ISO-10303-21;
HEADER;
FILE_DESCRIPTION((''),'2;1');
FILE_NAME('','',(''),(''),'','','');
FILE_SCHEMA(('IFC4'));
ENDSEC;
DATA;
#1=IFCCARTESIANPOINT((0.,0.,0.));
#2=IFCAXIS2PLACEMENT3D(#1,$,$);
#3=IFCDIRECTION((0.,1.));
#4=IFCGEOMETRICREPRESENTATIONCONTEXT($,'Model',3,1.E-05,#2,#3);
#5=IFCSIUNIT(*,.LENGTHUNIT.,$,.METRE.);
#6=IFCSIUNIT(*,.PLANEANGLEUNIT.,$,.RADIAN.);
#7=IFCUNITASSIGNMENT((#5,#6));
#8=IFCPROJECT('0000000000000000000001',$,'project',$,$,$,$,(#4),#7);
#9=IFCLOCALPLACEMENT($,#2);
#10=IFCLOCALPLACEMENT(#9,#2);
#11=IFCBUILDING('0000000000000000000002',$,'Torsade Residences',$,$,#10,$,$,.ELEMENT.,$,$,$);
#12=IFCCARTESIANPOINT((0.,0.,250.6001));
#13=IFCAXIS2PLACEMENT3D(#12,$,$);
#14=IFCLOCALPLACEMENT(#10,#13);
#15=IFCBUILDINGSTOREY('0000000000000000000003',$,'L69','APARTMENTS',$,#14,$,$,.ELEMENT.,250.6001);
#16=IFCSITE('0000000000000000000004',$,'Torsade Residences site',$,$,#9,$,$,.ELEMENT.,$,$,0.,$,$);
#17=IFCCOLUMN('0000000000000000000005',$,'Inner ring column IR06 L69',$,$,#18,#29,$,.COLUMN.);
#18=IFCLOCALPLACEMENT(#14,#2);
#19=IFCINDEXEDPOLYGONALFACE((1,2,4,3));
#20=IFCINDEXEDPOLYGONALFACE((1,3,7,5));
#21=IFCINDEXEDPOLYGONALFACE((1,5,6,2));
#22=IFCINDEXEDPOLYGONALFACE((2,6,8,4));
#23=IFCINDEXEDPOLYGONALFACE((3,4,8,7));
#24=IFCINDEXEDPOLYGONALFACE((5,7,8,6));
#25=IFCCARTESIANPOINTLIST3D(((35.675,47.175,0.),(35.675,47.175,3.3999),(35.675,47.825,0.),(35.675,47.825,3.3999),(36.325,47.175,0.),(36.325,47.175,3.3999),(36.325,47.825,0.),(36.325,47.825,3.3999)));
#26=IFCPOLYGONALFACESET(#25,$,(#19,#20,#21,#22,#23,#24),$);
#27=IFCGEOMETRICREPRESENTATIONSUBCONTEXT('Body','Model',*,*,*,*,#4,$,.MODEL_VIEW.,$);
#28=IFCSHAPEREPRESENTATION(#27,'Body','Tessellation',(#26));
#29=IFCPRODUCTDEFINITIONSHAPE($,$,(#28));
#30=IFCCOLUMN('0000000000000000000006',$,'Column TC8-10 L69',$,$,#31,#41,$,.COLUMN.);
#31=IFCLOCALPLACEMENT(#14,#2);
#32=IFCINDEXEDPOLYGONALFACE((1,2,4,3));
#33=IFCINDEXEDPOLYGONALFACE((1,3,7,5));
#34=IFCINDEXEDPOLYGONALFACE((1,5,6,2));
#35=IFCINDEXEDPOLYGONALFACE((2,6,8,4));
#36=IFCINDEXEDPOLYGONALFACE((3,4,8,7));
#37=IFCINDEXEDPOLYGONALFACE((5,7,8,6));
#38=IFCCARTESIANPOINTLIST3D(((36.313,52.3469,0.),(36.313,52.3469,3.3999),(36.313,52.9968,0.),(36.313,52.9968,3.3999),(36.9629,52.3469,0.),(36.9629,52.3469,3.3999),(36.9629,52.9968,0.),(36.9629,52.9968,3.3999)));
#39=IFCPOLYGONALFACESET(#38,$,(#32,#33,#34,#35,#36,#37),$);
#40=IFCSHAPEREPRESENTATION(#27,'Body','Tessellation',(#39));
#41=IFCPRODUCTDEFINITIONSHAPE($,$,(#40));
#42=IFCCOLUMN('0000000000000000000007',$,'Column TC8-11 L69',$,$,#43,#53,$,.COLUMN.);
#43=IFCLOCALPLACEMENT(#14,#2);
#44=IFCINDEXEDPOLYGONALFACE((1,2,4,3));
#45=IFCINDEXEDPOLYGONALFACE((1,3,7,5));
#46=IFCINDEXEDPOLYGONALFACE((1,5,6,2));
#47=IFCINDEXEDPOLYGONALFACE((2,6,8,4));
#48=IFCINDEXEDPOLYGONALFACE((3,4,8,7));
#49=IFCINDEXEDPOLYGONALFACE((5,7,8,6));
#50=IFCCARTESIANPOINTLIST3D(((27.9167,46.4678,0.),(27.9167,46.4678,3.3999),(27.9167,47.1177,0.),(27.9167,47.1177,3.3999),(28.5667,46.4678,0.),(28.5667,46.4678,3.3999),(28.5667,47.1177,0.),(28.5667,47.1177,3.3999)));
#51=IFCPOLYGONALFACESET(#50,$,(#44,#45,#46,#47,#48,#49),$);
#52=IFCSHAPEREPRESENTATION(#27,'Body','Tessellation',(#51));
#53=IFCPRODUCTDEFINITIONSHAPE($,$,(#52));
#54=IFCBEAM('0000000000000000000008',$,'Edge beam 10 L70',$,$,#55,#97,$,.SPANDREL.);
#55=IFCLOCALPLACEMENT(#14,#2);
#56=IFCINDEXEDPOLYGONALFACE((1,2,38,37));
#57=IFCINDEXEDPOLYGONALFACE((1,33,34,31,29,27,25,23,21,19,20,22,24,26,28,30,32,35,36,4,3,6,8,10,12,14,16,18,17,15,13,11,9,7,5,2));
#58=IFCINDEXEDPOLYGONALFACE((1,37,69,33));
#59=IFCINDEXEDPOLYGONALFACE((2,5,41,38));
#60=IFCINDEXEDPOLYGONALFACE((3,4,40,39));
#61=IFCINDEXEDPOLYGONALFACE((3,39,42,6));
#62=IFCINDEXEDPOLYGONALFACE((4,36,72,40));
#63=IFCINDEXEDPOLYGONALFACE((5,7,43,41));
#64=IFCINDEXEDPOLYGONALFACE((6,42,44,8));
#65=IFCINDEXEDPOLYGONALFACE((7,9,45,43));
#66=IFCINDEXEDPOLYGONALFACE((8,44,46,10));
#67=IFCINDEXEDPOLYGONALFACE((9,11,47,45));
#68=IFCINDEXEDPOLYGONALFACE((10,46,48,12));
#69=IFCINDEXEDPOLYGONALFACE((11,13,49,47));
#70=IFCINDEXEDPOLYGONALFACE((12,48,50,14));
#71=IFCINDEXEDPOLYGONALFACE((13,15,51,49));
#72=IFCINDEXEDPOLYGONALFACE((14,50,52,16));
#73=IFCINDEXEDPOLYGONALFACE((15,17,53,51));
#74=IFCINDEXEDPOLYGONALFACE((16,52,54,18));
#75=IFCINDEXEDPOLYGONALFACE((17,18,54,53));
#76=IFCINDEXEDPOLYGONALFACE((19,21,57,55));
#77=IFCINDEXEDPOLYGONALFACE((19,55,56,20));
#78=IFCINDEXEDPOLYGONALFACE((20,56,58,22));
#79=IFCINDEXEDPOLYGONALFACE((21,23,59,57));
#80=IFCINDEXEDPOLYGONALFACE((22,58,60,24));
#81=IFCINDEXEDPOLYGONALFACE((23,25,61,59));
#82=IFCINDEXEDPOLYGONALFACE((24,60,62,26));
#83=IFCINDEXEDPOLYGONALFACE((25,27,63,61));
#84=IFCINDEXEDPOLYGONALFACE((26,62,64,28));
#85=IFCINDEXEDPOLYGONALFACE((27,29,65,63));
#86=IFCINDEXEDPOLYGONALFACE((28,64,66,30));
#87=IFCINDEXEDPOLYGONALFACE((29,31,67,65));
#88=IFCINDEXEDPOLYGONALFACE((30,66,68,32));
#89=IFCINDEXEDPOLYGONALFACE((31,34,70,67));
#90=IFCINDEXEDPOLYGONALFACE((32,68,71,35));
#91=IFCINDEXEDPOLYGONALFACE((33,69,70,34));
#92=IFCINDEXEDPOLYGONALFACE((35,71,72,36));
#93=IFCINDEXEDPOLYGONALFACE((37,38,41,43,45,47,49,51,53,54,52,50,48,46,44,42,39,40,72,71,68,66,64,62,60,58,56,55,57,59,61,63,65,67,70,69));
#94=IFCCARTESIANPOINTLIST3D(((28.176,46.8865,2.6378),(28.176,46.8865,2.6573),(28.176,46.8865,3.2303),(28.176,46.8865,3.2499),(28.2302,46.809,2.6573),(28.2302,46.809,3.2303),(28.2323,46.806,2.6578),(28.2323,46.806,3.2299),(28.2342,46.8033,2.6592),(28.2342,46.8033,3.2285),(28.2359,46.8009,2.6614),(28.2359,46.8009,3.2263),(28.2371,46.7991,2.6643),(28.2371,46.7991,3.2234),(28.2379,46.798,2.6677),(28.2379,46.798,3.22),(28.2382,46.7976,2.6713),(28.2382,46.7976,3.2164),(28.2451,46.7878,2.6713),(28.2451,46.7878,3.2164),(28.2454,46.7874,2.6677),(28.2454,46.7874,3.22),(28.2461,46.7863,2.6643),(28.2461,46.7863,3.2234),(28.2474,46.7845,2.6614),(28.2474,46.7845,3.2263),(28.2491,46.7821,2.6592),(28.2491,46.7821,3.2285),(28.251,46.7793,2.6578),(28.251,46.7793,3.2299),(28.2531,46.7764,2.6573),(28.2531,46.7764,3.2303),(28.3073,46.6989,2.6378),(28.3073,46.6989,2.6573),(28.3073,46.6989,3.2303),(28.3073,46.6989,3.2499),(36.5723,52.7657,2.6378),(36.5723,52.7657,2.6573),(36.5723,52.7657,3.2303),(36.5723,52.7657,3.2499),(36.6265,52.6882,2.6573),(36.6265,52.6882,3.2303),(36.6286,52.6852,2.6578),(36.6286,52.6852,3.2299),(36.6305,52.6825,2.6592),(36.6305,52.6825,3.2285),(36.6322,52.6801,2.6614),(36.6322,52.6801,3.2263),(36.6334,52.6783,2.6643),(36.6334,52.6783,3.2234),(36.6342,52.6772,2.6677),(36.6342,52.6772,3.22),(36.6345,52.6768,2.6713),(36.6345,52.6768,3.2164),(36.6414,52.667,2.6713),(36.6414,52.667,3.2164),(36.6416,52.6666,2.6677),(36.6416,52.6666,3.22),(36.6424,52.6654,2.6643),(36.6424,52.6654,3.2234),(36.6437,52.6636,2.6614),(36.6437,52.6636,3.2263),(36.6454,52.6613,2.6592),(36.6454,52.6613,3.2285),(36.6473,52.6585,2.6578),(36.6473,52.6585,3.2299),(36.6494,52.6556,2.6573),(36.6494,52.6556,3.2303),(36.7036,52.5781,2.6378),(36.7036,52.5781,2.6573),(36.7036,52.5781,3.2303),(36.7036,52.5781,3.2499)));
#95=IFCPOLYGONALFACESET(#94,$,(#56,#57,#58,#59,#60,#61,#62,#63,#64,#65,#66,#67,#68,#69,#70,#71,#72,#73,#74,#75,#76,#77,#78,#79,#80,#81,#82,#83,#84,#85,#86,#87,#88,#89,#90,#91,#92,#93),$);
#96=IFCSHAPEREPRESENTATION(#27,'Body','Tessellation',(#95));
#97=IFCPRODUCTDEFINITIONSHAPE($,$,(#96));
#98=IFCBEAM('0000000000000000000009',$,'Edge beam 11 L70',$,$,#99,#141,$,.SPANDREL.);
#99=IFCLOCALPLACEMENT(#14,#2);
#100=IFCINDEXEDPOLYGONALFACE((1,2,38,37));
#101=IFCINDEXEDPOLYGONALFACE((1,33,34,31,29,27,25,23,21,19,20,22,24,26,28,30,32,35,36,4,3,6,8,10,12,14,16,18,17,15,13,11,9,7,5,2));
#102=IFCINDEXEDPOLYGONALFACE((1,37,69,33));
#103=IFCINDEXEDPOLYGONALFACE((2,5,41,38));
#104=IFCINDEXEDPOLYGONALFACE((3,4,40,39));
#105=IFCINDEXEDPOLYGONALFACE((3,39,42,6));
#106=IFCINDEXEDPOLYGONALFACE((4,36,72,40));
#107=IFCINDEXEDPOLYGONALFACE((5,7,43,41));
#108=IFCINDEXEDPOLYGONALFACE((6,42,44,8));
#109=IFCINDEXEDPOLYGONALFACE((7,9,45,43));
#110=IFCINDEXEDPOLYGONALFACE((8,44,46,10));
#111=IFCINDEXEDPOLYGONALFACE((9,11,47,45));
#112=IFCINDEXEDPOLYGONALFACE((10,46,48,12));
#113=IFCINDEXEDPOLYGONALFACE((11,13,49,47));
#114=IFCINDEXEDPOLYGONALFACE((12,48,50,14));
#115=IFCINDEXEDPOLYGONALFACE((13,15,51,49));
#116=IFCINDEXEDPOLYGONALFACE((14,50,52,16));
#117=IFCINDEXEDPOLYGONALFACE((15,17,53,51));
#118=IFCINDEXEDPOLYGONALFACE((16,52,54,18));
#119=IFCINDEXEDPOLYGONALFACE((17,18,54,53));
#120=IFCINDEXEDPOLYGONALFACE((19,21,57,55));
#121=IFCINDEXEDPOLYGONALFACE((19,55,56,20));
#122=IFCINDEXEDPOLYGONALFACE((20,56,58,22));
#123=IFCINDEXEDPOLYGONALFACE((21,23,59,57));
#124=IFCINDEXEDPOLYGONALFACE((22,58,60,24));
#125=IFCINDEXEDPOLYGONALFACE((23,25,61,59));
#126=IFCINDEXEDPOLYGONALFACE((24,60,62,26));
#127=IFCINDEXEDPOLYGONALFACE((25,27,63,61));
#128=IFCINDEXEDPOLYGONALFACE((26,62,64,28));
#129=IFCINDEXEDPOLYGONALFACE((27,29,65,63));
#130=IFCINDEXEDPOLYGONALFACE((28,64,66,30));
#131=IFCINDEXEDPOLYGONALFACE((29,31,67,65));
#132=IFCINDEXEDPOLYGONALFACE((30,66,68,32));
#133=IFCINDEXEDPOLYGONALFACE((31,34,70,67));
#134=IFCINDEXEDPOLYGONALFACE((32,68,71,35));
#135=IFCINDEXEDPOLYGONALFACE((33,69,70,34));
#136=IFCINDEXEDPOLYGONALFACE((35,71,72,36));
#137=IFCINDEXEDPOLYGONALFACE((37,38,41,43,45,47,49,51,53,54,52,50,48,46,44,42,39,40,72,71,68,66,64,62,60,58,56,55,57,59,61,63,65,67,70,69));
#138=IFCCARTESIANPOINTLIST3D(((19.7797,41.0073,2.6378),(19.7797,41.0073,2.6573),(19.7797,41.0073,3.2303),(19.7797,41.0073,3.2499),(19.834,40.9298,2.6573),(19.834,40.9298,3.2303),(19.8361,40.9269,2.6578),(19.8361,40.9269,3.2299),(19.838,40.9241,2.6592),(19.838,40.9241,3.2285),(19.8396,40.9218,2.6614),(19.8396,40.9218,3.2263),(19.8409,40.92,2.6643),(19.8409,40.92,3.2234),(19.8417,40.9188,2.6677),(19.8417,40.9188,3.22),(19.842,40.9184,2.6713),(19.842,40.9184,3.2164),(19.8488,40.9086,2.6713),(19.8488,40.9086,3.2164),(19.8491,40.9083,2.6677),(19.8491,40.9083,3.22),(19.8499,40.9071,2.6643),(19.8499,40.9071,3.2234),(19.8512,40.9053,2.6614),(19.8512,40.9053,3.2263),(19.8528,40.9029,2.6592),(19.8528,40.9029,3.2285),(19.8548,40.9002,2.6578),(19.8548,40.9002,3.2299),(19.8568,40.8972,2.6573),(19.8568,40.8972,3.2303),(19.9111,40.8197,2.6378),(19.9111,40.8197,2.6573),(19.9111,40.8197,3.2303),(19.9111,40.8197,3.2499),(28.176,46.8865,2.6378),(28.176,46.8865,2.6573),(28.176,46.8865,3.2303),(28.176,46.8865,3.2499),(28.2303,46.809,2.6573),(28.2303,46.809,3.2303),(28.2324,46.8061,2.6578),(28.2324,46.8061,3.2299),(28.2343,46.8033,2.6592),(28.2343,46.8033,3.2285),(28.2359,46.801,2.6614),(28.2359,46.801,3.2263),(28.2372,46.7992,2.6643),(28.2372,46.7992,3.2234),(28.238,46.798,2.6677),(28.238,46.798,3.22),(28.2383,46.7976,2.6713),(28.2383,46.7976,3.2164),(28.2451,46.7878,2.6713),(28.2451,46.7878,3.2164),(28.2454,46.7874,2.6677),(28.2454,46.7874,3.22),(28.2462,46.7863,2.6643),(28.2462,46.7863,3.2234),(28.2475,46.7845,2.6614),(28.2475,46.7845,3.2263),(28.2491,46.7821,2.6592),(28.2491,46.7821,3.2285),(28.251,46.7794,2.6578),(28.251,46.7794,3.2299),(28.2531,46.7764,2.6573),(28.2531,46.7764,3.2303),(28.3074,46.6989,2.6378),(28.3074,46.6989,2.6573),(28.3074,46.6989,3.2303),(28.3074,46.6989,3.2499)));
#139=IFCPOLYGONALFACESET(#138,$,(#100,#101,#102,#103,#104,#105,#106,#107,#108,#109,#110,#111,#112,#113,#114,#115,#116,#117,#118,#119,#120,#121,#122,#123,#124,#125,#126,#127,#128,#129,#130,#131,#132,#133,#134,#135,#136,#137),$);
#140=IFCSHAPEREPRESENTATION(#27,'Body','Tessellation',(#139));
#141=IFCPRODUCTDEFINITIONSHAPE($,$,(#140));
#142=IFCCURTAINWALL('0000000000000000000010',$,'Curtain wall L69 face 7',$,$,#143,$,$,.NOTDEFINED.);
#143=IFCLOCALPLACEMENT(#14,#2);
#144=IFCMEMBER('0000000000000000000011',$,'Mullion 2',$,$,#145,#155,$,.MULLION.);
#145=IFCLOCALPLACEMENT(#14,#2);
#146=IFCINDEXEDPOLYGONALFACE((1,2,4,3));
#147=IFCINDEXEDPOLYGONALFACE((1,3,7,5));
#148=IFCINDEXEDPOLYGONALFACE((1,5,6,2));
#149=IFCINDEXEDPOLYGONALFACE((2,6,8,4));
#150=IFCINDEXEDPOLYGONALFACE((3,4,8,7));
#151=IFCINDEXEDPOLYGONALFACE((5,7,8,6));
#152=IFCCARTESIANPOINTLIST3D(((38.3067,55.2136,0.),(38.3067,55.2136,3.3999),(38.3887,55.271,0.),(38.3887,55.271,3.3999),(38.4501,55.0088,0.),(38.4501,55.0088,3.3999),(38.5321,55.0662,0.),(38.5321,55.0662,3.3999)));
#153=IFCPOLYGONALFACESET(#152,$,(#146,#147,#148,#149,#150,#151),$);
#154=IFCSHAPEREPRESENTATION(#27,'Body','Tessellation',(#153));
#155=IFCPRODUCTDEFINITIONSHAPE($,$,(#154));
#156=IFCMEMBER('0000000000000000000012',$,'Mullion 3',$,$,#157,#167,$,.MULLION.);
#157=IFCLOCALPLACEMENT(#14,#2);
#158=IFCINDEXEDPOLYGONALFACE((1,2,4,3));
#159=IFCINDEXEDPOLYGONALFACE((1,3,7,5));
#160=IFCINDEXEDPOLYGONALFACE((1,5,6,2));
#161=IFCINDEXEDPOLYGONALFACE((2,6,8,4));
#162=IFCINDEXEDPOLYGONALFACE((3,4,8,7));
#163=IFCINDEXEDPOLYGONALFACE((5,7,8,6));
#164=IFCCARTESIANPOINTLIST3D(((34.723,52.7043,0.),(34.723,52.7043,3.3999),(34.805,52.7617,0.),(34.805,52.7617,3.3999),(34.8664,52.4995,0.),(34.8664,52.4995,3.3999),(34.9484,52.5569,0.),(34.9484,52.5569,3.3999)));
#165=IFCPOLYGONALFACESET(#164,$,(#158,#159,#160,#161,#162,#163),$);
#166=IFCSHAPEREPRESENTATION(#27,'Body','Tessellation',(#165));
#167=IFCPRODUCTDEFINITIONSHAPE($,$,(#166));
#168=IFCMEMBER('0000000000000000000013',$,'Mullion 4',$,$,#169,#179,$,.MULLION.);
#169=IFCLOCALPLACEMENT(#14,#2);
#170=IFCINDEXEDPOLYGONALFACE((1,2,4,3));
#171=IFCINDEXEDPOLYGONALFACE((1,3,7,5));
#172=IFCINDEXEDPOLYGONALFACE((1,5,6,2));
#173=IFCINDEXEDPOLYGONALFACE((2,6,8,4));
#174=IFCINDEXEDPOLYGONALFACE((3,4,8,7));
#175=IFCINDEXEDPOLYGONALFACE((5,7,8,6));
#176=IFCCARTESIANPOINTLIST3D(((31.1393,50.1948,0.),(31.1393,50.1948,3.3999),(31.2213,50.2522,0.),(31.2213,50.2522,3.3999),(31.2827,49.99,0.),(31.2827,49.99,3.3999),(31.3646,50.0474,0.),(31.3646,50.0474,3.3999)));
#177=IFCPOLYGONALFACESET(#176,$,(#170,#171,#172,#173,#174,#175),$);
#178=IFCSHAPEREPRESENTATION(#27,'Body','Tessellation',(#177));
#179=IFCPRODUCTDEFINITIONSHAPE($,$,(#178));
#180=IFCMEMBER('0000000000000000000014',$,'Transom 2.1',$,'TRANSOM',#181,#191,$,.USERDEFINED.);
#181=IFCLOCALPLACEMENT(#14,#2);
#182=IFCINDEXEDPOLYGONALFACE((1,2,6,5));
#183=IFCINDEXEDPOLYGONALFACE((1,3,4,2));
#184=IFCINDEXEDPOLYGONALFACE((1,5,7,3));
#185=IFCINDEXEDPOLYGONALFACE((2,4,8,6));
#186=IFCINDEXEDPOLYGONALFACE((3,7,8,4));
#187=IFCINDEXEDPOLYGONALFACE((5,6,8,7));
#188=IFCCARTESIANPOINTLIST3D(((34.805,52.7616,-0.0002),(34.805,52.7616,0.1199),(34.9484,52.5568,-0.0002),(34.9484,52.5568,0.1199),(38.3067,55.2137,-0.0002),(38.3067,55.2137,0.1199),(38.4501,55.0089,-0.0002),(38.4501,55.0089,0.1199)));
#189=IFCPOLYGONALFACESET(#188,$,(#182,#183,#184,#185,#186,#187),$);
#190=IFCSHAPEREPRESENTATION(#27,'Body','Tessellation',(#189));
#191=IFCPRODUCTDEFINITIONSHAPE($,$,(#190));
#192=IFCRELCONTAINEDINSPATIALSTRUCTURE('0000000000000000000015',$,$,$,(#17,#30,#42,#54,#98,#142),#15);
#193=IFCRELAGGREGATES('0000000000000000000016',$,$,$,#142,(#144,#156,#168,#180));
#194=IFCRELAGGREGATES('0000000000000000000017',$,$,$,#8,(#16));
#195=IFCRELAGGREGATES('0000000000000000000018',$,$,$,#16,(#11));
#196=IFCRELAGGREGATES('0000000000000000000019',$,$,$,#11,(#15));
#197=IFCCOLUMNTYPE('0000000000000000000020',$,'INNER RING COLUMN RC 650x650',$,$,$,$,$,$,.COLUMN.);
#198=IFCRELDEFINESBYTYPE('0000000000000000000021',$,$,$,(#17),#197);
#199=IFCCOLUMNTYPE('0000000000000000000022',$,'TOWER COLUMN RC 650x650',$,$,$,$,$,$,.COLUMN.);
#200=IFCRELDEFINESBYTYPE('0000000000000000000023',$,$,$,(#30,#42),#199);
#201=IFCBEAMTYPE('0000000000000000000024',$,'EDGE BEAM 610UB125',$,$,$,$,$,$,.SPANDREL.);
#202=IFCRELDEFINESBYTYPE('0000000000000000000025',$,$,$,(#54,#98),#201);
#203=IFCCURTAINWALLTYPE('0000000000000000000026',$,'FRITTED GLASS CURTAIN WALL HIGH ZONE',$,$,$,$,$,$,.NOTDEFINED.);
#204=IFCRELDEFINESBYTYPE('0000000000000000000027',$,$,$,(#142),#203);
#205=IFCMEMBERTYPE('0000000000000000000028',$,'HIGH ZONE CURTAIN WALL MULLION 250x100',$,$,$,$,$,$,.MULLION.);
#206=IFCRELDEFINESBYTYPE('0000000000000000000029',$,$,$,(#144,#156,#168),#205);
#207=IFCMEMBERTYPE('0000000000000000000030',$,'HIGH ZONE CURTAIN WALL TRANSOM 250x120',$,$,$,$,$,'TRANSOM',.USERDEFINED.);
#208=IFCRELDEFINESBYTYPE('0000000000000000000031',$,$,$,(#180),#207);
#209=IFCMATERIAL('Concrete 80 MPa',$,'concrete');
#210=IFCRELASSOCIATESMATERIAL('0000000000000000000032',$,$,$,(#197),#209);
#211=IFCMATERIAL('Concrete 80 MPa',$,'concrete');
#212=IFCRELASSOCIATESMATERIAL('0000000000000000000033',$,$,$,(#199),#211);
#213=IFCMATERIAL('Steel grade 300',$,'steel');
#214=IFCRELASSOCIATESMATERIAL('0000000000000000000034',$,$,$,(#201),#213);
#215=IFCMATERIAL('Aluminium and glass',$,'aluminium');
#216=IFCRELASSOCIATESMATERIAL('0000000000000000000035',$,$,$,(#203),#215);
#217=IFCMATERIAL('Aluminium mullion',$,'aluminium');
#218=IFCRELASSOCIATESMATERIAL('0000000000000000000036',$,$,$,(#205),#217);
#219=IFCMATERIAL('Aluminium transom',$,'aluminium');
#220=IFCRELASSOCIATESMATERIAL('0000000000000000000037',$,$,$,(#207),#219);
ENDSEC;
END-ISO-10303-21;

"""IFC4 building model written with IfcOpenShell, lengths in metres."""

from ifc_helpers import new_model, si_unit, direction, frame, origin, origin_2d, place, context, subcontext, project, spatial, rectangle, i_section, extrude, material, material_profile, profile_set, type_object, element, aggregate, save


model = new_model("IFC4")

# Units and contexts
model_context = context("Model", 3, precision=1e-05, world=origin(), true_north=direction((0.0, 1.0)))
body_context = subcontext(model_context, "Body", "Model", "MODEL_VIEW")
ifc_project = project(units=[si_unit("LENGTHUNIT", "METRE"), si_unit("PLANEANGLEUNIT", "RADIAN")], contexts=[model_context])

# Site, building, storey
site_placement = place(None, origin())
site = spatial("IfcSite", under=ifc_project, at=site_placement, Name="Torsade Residences site", CompositionType="ELEMENT", RefElevation=0.0)
building_placement = place(site_placement, origin())
building = spatial("IfcBuilding", under=site, at=building_placement, Name="Torsade Residences", CompositionType="ELEMENT")
storey_placement = place(building_placement, frame((0.0, 0.0, 250.6001)))
storey = spatial("IfcBuildingStorey", under=building, at=storey_placement, Name="L69", Description="APARTMENTS", CompositionType="ELEMENT", Elevation=250.6001)

# Columns
ifc_material_1 = material(Name="Concrete 80 MPa", Category="concrete")
ifc_material_profile_1 = material_profile(ifc_material_1, rectangle(XDim=0.6499, YDim=0.6499, at=origin_2d()), Name="RC 650x650")
ifc_profile_set_1 = profile_set([ifc_material_profile_1], Name="Concrete 80 MPa")
column_type_1 = type_object("IfcColumnType", Name="INNER RING COLUMN RC 650x650", PredefinedType="COLUMN", material=ifc_profile_set_1)
column_placement = place(storey_placement, frame((36.0, 47.5, 0.0), z_axis=(0.0, 0.0, 1.0), x_axis=(1.0, 0.0, 0.0)))
element("IfcColumn", 1, at=column_placement, inside=storey, type_object=column_type_1, Name="Inner ring column IR06 L69", PredefinedType="COLUMN", context=body_context, shape_type="SweptSolid", body=[
    extrude(rectangle(XDim=0.6499, YDim=0.6499, at=origin_2d()), origin(), (0.0, 0.0, 1.0), 3.3999),
])
ifc_material_2 = material(Name="Concrete 80 MPa", Category="concrete")
ifc_material_profile_2 = material_profile(ifc_material_2, rectangle(XDim=0.6499, YDim=0.6499, at=origin_2d()), Name="RC 650x650")
ifc_profile_set_2 = profile_set([ifc_material_profile_2], Name="Concrete 80 MPa")
column_type_2 = type_object("IfcColumnType", Name="TOWER COLUMN RC 650x650", PredefinedType="COLUMN", material=ifc_profile_set_2)
for number, where, z_axis, x_axis, name in (
    (2, (36.6379, 52.6719, 0.0), (0.0, 0.0, 1.0), (1.0, 0.0, 0.0), "Column TC8-10 L69"),
    (3, (28.2417, 46.7927, 0.0), (0.0, 0.0, 1.0), (1.0, 0.0, 0.0), "Column TC8-11 L69"),
):
    element("IfcColumn", number, at=place(storey_placement, frame(where, z_axis=z_axis, x_axis=x_axis)), inside=storey, type_object=column_type_2, Name=name, PredefinedType="COLUMN", context=body_context, shape_type="SweptSolid", body=[
        extrude(rectangle(XDim=0.6499, YDim=0.6499, at=origin_2d()), origin(), (0.0, 0.0, 1.0), 3.3999),
    ])

# Beams
ifc_material_3 = material(Name="Steel grade 300", Category="steel")
ifc_material_profile_3 = material_profile(ifc_material_3, i_section(OverallWidth=0.229, OverallDepth=0.6121, WebThickness=0.012, FlangeThickness=0.0195, FilletRadius=0.0139, at=origin_2d()), Name="610UB125")
ifc_profile_set_3 = profile_set([ifc_material_profile_3], Name="Steel grade 300")
beam_type_1 = type_object("IfcBeamType", Name="EDGE BEAM 610UB125", PredefinedType="SPANDREL", material=ifc_profile_set_3)
for number, where, z_axis, x_axis, name in (
    (4, (36.6379, 52.6719, 2.9438), (-0.81915, -0.573579, 0.0), (0.573579, -0.81915, 0.0), "Edge beam 10 L70"),
    (5, (28.2417, 46.7927, 2.9438), (-0.81915, -0.573579, 0.0), (0.573579, -0.81915, 0.0), "Edge beam 11 L70"),
):
    element("IfcBeam", number, at=place(storey_placement, frame(where, z_axis=z_axis, x_axis=x_axis)), inside=storey, type_object=beam_type_1, Name=name, PredefinedType="SPANDREL", context=body_context, shape_type="SweptSolid", body=[
        extrude(i_section(OverallWidth=0.229, OverallDepth=0.6121, WebThickness=0.012, FlangeThickness=0.0195, FilletRadius=0.0139, at=origin_2d()), origin(), (0.0, 0.0, 1.0), 10.25),
    ])

# Curtain wall, members
ifc_material_4 = material(Name="Aluminium and glass", Category="aluminium")
curtain_wall_type = type_object("IfcCurtainWallType", Name="FRITTED GLASS CURTAIN WALL HIGH ZONE", PredefinedType="NOTDEFINED", material=ifc_material_4)
curtain_wall_placement = place(storey_placement, origin())
curtain_wall = element("IfcCurtainWall", 6, at=curtain_wall_placement, inside=storey, type_object=curtain_wall_type, Name="Curtain wall L69 face 7", PredefinedType="NOTDEFINED")
ifc_material_5 = material(Name="Aluminium mullion", Category="aluminium")
ifc_material_profile_4 = material_profile(ifc_material_5, rectangle(XDim=0.25, YDim=0.1001, at=origin_2d()), Name="HIGH ZONE CURTAIN WALL MULLION 250x100")
ifc_profile_set_4 = profile_set([ifc_material_profile_4], Name="Aluminium mullion")
member_type_1 = type_object("IfcMemberType", Name="HIGH ZONE CURTAIN WALL MULLION 250x100", PredefinedType="MULLION", material=ifc_profile_set_4)
member_1_placement = place(storey_placement, frame((38.4194, 55.1399, 0.0), z_axis=(0.0, 0.0, 1.0), x_axis=(0.573576, -0.819152, 0.0)))
member_1 = element("IfcMember", 7, at=member_1_placement, type_object=member_type_1, Name="Mullion 2", PredefinedType="MULLION", context=body_context, shape_type="SweptSolid", body=[
    extrude(rectangle(XDim=0.25, YDim=0.1001, at=origin_2d()), origin(), (0.0, 0.0, 1.0), 3.3999),
])
member_2_placement = place(storey_placement, frame((34.8357, 52.6306, 0.0), z_axis=(0.0, 0.0, 1.0), x_axis=(0.573576, -0.819152, 0.0)))
member_2 = element("IfcMember", 8, at=member_2_placement, type_object=member_type_1, Name="Mullion 3", PredefinedType="MULLION", context=body_context, shape_type="SweptSolid", body=[
    extrude(rectangle(XDim=0.25, YDim=0.1001, at=origin_2d()), origin(), (0.0, 0.0, 1.0), 3.3999),
])
member_3_placement = place(storey_placement, frame((31.252, 50.1211, 0.0), z_axis=(0.0, 0.0, 1.0), x_axis=(0.573576, -0.819152, 0.0)))
member_3 = element("IfcMember", 9, at=member_3_placement, type_object=member_type_1, Name="Mullion 4", PredefinedType="MULLION", context=body_context, shape_type="SweptSolid", body=[
    extrude(rectangle(XDim=0.25, YDim=0.1001, at=origin_2d()), origin(), (0.0, 0.0, 1.0), 3.3999),
])
ifc_material_6 = material(Name="Aluminium transom", Category="aluminium")
ifc_material_profile_5 = material_profile(ifc_material_6, rectangle(XDim=0.25, YDim=0.1201, at=origin_2d()), Name="HIGH ZONE CURTAIN WALL TRANSOM 250x120")
ifc_profile_set_5 = profile_set([ifc_material_profile_5], Name="Aluminium transom")
member_type_2 = type_object("IfcMemberType", Name="HIGH ZONE CURTAIN WALL TRANSOM 250x120", ElementType="TRANSOM", PredefinedType="USERDEFINED", material=ifc_profile_set_5)
member_4_placement = place(storey_placement, frame((38.3784, 55.1113, 0.0598), z_axis=(-0.819127, -0.573612, 0.0), x_axis=(0.573612, -0.819127, 0.0)))
member_4 = element("IfcMember", 10, at=member_4_placement, type_object=member_type_2, Name="Transom 2.1", ObjectType="TRANSOM", PredefinedType="USERDEFINED", context=body_context, shape_type="SweptSolid", body=[
    extrude(rectangle(XDim=0.25, YDim=0.1201, at=origin_2d()), origin(), (0.0, 0.0, 1.0), 4.2749),
])

aggregate(curtain_wall, [member_1, member_2, member_3, member_4])

save(model, "model.ifc")
